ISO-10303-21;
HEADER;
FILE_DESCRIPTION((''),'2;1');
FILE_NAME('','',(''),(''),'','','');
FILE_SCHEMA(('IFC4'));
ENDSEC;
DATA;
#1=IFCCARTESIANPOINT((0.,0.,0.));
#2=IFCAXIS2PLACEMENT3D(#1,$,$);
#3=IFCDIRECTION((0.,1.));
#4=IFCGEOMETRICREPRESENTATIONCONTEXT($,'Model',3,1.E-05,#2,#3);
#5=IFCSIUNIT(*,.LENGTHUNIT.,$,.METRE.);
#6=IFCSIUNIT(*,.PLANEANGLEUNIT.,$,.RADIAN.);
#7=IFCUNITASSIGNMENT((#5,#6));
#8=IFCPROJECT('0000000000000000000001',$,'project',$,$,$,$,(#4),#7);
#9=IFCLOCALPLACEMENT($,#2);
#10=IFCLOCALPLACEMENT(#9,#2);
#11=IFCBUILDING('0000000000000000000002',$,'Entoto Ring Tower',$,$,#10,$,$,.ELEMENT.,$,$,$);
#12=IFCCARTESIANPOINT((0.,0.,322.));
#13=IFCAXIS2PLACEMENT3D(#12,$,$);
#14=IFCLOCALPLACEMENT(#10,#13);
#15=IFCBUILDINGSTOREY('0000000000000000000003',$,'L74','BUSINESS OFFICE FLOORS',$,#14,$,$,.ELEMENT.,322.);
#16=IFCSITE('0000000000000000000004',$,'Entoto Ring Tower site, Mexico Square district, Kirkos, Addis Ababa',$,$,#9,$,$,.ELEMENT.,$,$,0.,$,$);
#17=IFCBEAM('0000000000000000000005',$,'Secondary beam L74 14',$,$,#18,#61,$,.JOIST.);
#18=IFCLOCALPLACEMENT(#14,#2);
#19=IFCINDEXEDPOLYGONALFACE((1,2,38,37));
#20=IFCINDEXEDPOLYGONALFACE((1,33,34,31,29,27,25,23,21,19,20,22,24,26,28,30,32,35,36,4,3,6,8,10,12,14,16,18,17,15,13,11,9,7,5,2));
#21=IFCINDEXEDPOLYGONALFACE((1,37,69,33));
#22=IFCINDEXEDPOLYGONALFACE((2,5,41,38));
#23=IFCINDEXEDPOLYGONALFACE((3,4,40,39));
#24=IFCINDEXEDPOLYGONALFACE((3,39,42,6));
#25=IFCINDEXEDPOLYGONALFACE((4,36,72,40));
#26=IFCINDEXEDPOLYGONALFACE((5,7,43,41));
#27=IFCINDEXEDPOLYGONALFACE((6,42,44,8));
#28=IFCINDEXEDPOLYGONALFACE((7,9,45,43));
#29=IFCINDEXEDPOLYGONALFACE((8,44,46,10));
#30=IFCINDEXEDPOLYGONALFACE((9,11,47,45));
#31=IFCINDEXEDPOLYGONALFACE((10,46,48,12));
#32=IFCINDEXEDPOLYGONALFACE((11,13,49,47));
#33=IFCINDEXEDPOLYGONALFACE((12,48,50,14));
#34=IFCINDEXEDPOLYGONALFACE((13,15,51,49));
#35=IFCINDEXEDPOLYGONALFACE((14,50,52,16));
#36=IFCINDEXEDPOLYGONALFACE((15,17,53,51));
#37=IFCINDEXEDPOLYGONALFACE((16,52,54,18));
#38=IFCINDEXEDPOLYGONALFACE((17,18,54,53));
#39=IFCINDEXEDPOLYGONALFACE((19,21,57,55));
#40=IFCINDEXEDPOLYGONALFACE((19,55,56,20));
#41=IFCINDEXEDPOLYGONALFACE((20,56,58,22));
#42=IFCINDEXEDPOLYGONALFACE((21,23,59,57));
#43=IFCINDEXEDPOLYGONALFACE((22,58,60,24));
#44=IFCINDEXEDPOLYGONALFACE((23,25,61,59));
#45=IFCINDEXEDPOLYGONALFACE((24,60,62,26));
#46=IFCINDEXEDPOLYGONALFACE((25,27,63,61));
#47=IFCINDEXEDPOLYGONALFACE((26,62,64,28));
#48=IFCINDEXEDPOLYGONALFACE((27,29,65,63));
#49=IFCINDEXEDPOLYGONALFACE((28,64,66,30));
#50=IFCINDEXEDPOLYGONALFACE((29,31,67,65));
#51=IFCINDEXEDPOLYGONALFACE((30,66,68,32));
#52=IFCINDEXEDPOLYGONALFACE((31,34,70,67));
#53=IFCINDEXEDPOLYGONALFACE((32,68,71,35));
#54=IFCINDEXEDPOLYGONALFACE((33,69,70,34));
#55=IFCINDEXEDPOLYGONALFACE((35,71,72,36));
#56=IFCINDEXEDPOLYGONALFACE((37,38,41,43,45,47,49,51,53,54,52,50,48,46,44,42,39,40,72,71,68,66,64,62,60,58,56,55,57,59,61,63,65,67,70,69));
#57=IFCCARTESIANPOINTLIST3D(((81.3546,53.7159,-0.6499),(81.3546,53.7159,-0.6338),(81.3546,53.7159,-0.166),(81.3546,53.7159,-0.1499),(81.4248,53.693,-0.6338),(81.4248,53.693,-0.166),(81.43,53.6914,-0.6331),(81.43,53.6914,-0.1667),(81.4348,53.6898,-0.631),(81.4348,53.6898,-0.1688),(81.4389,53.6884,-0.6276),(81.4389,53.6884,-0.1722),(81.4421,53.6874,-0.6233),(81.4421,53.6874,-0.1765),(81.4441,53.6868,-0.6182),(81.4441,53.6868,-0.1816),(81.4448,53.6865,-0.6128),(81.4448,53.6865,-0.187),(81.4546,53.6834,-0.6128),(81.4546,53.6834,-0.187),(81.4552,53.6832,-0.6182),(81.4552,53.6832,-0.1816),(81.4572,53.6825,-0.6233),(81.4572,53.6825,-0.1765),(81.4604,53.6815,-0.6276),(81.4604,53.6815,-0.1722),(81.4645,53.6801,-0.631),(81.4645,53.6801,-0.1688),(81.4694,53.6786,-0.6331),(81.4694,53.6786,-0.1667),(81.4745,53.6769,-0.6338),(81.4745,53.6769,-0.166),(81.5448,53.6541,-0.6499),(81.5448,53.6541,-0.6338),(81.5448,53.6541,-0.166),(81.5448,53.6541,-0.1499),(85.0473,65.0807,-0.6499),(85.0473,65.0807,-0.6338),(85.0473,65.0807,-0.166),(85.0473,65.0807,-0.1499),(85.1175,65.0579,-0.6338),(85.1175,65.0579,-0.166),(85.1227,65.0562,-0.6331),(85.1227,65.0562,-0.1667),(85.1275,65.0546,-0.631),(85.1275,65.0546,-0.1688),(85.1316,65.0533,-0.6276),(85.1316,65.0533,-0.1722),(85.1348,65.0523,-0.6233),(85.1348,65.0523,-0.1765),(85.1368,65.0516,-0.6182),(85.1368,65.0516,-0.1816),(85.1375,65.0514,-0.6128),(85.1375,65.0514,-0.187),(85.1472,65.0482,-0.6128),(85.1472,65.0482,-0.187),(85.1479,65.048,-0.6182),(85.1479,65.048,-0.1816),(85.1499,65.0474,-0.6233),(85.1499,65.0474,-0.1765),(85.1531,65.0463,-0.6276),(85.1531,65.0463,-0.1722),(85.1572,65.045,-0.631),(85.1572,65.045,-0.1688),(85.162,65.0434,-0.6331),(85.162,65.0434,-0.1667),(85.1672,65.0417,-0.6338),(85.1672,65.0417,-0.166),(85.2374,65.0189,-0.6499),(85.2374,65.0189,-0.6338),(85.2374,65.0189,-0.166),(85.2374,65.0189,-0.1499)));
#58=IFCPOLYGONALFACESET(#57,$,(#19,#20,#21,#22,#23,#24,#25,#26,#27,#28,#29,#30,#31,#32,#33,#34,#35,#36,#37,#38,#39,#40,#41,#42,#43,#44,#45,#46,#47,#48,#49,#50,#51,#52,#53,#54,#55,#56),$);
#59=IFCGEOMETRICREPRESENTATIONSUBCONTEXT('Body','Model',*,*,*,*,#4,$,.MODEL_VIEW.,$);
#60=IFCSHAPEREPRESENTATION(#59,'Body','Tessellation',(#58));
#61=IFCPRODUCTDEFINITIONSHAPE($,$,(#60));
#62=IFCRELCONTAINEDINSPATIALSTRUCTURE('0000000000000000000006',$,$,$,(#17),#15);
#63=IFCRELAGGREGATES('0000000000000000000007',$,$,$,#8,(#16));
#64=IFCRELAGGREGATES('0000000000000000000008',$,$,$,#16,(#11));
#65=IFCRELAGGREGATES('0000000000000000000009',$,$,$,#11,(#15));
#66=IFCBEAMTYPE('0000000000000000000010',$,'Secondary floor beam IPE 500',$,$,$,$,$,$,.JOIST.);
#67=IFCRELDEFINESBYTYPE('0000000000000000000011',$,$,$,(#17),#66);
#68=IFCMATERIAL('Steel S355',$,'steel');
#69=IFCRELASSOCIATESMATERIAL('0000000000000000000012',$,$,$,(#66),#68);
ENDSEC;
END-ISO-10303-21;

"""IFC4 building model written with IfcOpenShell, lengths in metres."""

from ifc_helpers import new_model, si_unit, direction, frame, origin, origin_2d, place, context, subcontext, project, spatial, i_section, extrude, material, material_profile, profile_set, type_object, element, save


model = new_model("IFC4")

# Units and contexts
model_context = context("Model", 3, precision=1e-05, world=origin(), true_north=direction((0.0, 1.0)))
body_context = subcontext(model_context, "Body", "Model", "MODEL_VIEW")
ifc_project = project(units=[si_unit("LENGTHUNIT", "METRE"), si_unit("PLANEANGLEUNIT", "RADIAN")], contexts=[model_context])

# Site, building, storey
site_placement = place(None, origin())
site = spatial("IfcSite", under=ifc_project, at=site_placement, Name="Entoto Ring Tower site, Mexico Square district, Kirkos, Addis Ababa", CompositionType="ELEMENT", RefElevation=0.0)
building_placement = place(site_placement, origin())
building = spatial("IfcBuilding", under=site, at=building_placement, Name="Entoto Ring Tower", CompositionType="ELEMENT")
storey_placement = place(building_placement, frame((0.0, 0.0, 322.0)))
storey = spatial("IfcBuildingStorey", under=building, at=storey_placement, Name="L74", Description="BUSINESS OFFICE FLOORS", CompositionType="ELEMENT", Elevation=322.0)

# Beam
ifc_material_1 = material(Name="Steel S355", Category="steel")
ifc_material_profile_1 = material_profile(ifc_material_1, i_section(OverallWidth=0.2, OverallDepth=0.5, WebThickness=0.0103, FlangeThickness=0.0161, FilletRadius=0.021, at=origin_2d()), Name="IPE 500")
ifc_profile_set_1 = profile_set([ifc_material_profile_1], Name="Steel S355")
beam_type_1 = type_object("IfcBeamType", Name="Secondary floor beam IPE 500", PredefinedType="JOIST", material=ifc_profile_set_1)
beam_1_placement = place(storey_placement, frame((85.1423, 65.0498, -0.3999), z_axis=(-0.309017, -0.951057, 0.0), x_axis=(0.951057, -0.309017, 0.0)))
element("IfcBeam", 1, at=beam_1_placement, inside=storey, type_object=beam_type_1, Name="Secondary beam L74 14", PredefinedType="JOIST", context=body_context, shape_type="SweptSolid", body=[
    extrude(i_section(OverallWidth=0.2, OverallDepth=0.5, WebThickness=0.0103, FlangeThickness=0.0161, FilletRadius=0.021, at=origin_2d()), origin(), (0.0, 0.0, 1.0), 11.9497),
])

save(model, "model.ifc")
